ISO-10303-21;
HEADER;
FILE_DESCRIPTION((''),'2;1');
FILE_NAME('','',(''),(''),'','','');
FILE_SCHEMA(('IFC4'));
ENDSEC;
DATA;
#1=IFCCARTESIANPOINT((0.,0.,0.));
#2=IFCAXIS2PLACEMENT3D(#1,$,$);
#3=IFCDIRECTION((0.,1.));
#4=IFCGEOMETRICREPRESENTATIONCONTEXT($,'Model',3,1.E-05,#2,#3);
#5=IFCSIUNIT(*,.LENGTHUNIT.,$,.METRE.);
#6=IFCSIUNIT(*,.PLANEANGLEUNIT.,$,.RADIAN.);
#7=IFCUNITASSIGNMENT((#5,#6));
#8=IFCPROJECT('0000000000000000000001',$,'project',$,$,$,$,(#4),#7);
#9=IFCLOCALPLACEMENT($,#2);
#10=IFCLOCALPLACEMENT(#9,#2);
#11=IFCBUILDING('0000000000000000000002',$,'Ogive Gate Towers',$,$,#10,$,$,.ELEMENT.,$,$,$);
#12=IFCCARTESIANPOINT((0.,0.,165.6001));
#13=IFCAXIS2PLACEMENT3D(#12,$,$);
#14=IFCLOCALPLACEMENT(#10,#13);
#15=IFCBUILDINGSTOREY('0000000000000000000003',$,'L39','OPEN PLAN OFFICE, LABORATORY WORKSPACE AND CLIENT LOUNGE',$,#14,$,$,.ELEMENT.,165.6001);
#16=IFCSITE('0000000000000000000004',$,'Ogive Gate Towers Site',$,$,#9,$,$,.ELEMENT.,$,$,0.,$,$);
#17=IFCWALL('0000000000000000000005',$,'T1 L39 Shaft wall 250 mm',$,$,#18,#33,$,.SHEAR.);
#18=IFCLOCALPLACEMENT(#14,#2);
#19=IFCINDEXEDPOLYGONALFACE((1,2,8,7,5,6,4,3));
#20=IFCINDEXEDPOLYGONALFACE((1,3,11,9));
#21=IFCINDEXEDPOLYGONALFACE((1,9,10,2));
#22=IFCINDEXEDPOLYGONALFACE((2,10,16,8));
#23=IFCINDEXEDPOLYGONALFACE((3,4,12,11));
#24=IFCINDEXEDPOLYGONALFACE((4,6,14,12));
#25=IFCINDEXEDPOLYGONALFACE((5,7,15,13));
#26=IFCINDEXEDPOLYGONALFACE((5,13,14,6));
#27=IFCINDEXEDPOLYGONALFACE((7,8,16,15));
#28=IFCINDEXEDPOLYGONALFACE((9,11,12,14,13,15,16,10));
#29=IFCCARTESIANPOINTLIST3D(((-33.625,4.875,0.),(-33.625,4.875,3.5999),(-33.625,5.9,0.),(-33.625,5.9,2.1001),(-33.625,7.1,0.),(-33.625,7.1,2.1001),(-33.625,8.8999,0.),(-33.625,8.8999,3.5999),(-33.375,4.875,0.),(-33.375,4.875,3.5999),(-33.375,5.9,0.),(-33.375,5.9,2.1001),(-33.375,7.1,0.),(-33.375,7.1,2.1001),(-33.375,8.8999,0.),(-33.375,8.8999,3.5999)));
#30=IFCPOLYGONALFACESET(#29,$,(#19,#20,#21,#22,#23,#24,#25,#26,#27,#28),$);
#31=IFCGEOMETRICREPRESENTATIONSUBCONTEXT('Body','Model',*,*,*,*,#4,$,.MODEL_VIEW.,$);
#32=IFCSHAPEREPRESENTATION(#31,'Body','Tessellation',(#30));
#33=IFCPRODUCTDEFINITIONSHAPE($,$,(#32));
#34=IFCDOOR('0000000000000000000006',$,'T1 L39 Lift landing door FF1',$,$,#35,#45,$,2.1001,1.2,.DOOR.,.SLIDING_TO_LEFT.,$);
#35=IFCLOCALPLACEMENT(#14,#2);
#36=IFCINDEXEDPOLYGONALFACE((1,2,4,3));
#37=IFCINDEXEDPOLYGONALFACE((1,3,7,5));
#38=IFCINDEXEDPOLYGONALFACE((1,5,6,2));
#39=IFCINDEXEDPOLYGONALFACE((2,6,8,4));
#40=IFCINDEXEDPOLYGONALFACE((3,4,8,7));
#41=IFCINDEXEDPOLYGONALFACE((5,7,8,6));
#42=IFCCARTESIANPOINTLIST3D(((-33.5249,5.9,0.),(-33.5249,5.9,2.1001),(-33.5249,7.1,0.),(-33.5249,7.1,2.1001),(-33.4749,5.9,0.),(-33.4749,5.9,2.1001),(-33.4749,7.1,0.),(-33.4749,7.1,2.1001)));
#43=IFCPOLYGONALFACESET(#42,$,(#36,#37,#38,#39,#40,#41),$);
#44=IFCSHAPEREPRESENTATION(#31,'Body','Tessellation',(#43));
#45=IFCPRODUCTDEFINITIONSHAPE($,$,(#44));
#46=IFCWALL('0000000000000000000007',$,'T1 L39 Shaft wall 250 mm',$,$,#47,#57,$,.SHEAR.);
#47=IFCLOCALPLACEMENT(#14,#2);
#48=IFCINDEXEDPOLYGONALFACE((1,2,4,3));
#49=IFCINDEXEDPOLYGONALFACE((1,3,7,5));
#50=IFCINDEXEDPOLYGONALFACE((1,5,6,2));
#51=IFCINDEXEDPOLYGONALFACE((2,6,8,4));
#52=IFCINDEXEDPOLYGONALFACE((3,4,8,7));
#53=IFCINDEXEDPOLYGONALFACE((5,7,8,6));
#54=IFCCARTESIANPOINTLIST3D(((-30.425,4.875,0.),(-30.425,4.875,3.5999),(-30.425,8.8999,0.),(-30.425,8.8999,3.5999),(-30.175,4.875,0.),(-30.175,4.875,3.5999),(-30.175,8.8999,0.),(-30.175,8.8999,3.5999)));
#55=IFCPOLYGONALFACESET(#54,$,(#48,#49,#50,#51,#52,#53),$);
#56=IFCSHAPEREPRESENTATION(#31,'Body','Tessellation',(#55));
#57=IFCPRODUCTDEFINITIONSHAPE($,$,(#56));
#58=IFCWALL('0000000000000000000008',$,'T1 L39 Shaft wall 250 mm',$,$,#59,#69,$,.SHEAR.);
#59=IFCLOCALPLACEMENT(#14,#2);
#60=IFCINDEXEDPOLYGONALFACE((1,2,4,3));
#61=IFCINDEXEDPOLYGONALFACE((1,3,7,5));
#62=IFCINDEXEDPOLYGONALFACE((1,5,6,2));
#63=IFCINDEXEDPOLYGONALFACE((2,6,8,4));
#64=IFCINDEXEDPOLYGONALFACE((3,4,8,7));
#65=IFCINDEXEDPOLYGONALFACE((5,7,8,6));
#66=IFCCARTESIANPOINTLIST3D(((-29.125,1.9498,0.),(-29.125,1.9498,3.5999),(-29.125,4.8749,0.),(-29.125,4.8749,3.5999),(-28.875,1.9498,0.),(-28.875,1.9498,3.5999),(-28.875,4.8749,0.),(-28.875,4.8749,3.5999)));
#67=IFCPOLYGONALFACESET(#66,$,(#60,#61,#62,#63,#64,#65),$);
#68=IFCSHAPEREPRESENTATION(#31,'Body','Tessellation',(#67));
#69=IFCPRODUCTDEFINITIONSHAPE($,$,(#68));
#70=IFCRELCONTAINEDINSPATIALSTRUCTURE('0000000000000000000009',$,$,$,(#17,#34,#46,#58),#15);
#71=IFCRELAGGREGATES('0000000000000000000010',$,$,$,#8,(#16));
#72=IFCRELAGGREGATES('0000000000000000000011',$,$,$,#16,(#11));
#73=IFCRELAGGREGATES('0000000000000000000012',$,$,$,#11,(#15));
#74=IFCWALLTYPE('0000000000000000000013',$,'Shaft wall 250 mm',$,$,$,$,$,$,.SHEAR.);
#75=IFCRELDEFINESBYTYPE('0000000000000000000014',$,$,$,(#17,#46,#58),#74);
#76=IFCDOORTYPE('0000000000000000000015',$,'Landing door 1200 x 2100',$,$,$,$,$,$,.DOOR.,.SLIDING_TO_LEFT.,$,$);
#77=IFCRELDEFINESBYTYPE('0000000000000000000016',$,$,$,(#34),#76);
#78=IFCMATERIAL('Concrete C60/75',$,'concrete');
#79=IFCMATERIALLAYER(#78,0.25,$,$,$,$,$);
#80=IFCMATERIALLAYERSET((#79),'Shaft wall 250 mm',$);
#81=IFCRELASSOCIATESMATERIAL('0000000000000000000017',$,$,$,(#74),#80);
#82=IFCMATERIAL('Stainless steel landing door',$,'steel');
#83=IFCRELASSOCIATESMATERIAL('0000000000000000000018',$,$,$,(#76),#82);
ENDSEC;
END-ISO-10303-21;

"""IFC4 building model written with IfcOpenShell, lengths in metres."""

from ifc_helpers import new_model, si_unit, direction, frame, frame_2d, origin, place, context, subcontext, project, spatial, rectangle, extrude, material, layer, layer_set, type_object, element, fill, save


model = new_model("IFC4")

# Units and contexts
model_context = context("Model", 3, precision=1e-05, world=origin(), true_north=direction((0.0, 1.0)))
body_context = subcontext(model_context, "Body", "Model", "MODEL_VIEW")
ifc_project = project(units=[si_unit("LENGTHUNIT", "METRE"), si_unit("PLANEANGLEUNIT", "RADIAN")], contexts=[model_context])

# Site, building, storey
site_placement = place(None, origin())
site = spatial("IfcSite", under=ifc_project, at=site_placement, Name="Ogive Gate Towers Site", CompositionType="ELEMENT", RefElevation=0.0)
building_placement = place(site_placement, origin())
building = spatial("IfcBuilding", under=site, at=building_placement, Name="Ogive Gate Towers", CompositionType="ELEMENT")
storey_placement = place(building_placement, frame((0.0, 0.0, 165.6001)))
storey = spatial("IfcBuildingStorey", under=building, at=storey_placement, Name="L39", Description="OPEN PLAN OFFICE, LABORATORY WORKSPACE AND CLIENT LOUNGE", CompositionType="ELEMENT", Elevation=165.6001)

# Wall, opening, door
ifc_material_1 = material(Name="Concrete C60/75", Category="concrete")
ifc_layer_1 = layer(ifc_material_1, 0.25)
ifc_layer_set_1 = layer_set([ifc_layer_1], Name="Shaft wall 250 mm")
wall_type_1 = type_object("IfcWallType", Name="Shaft wall 250 mm", PredefinedType="SHEAR", material=ifc_layer_set_1)
wall_1_placement = place(storey_placement, frame((-33.5, 4.875, 0.0), z_axis=(0.0, 0.0, 1.0), x_axis=(0.0, 1.0, 0.0)))
wall_1 = element("IfcWall", 1, at=wall_1_placement, inside=storey, type_object=wall_type_1, Name="T1 L39 Shaft wall 250 mm", PredefinedType="SHEAR", context=body_context, shape_type="SweptSolid", body=[
    extrude(rectangle(XDim=4.0249, YDim=0.25, at=frame_2d((2.0125, 0.0))), origin(), (0.0, 0.0, 1.0), 3.5999),
])
opening_1_placement = place(wall_1_placement, frame((1.0249, 0.0, 0.0)))
opening_1 = element("IfcOpeningElement", 2, at=opening_1_placement, cuts=wall_1, PredefinedType="OPENING", context=body_context, shape_type="SweptSolid", body=[
    extrude(rectangle(XDim=1.2, YDim=2.1001, at=frame_2d((0.6001, 1.05))), frame((0.0, 0.135, 0.0), z_axis=(0.0, -1.0, 0.0), x_axis=(1.0, 0.0, 0.0)), (0.0, 0.0, 1.0), 0.27),
])
ifc_material_2 = material(Name="Stainless steel landing door", Category="steel")
door_type_1 = type_object("IfcDoorType", Name="Landing door 1200 x 2100", OperationType="SLIDING_TO_LEFT", PredefinedType="DOOR", material=ifc_material_2)
door_1_placement = place(opening_1_placement, origin())
door_1 = element("IfcDoor", 3, at=door_1_placement, inside=storey, type_object=door_type_1, Name="T1 L39 Lift landing door FF1", OperationType="SLIDING_TO_LEFT", OverallHeight=2.1001, OverallWidth=1.2, PredefinedType="DOOR", context=body_context, shape_type="SweptSolid", body=[
    extrude(rectangle(XDim=1.2, YDim=2.1001, at=frame_2d((0.6001, 1.05))), frame((0.0, 0.0249, 0.0), z_axis=(0.0, -1.0, 0.0), x_axis=(1.0, 0.0, 0.0)), (0.0, 0.0, 1.0), 0.05),
])
fill(opening_1, door_1)

# Walls
wall_2_placement = place(storey_placement, frame((-30.3, 4.875, 0.0), z_axis=(0.0, 0.0, 1.0), x_axis=(0.0, 1.0, 0.0)))
element("IfcWall", 4, at=wall_2_placement, inside=storey, type_object=wall_type_1, Name="T1 L39 Shaft wall 250 mm", PredefinedType="SHEAR", context=body_context, shape_type="SweptSolid", body=[
    extrude(rectangle(XDim=4.0249, YDim=0.25, at=frame_2d((2.0125, 0.0))), origin(), (0.0, 0.0, 1.0), 3.5999),
])
wall_3_placement = place(storey_placement, frame((-29.0, 1.95, 0.0), z_axis=(0.0, 0.0, 1.0), x_axis=(0.0, 1.0, 0.0)))
element("IfcWall", 5, at=wall_3_placement, inside=storey, type_object=wall_type_1, Name="T1 L39 Shaft wall 250 mm", PredefinedType="SHEAR", context=body_context, shape_type="SweptSolid", body=[
    extrude(rectangle(XDim=2.925, YDim=0.25, at=frame_2d((1.4624, 0.0))), origin(), (0.0, 0.0, 1.0), 3.5999),
])

save(model, "model.ifc")
